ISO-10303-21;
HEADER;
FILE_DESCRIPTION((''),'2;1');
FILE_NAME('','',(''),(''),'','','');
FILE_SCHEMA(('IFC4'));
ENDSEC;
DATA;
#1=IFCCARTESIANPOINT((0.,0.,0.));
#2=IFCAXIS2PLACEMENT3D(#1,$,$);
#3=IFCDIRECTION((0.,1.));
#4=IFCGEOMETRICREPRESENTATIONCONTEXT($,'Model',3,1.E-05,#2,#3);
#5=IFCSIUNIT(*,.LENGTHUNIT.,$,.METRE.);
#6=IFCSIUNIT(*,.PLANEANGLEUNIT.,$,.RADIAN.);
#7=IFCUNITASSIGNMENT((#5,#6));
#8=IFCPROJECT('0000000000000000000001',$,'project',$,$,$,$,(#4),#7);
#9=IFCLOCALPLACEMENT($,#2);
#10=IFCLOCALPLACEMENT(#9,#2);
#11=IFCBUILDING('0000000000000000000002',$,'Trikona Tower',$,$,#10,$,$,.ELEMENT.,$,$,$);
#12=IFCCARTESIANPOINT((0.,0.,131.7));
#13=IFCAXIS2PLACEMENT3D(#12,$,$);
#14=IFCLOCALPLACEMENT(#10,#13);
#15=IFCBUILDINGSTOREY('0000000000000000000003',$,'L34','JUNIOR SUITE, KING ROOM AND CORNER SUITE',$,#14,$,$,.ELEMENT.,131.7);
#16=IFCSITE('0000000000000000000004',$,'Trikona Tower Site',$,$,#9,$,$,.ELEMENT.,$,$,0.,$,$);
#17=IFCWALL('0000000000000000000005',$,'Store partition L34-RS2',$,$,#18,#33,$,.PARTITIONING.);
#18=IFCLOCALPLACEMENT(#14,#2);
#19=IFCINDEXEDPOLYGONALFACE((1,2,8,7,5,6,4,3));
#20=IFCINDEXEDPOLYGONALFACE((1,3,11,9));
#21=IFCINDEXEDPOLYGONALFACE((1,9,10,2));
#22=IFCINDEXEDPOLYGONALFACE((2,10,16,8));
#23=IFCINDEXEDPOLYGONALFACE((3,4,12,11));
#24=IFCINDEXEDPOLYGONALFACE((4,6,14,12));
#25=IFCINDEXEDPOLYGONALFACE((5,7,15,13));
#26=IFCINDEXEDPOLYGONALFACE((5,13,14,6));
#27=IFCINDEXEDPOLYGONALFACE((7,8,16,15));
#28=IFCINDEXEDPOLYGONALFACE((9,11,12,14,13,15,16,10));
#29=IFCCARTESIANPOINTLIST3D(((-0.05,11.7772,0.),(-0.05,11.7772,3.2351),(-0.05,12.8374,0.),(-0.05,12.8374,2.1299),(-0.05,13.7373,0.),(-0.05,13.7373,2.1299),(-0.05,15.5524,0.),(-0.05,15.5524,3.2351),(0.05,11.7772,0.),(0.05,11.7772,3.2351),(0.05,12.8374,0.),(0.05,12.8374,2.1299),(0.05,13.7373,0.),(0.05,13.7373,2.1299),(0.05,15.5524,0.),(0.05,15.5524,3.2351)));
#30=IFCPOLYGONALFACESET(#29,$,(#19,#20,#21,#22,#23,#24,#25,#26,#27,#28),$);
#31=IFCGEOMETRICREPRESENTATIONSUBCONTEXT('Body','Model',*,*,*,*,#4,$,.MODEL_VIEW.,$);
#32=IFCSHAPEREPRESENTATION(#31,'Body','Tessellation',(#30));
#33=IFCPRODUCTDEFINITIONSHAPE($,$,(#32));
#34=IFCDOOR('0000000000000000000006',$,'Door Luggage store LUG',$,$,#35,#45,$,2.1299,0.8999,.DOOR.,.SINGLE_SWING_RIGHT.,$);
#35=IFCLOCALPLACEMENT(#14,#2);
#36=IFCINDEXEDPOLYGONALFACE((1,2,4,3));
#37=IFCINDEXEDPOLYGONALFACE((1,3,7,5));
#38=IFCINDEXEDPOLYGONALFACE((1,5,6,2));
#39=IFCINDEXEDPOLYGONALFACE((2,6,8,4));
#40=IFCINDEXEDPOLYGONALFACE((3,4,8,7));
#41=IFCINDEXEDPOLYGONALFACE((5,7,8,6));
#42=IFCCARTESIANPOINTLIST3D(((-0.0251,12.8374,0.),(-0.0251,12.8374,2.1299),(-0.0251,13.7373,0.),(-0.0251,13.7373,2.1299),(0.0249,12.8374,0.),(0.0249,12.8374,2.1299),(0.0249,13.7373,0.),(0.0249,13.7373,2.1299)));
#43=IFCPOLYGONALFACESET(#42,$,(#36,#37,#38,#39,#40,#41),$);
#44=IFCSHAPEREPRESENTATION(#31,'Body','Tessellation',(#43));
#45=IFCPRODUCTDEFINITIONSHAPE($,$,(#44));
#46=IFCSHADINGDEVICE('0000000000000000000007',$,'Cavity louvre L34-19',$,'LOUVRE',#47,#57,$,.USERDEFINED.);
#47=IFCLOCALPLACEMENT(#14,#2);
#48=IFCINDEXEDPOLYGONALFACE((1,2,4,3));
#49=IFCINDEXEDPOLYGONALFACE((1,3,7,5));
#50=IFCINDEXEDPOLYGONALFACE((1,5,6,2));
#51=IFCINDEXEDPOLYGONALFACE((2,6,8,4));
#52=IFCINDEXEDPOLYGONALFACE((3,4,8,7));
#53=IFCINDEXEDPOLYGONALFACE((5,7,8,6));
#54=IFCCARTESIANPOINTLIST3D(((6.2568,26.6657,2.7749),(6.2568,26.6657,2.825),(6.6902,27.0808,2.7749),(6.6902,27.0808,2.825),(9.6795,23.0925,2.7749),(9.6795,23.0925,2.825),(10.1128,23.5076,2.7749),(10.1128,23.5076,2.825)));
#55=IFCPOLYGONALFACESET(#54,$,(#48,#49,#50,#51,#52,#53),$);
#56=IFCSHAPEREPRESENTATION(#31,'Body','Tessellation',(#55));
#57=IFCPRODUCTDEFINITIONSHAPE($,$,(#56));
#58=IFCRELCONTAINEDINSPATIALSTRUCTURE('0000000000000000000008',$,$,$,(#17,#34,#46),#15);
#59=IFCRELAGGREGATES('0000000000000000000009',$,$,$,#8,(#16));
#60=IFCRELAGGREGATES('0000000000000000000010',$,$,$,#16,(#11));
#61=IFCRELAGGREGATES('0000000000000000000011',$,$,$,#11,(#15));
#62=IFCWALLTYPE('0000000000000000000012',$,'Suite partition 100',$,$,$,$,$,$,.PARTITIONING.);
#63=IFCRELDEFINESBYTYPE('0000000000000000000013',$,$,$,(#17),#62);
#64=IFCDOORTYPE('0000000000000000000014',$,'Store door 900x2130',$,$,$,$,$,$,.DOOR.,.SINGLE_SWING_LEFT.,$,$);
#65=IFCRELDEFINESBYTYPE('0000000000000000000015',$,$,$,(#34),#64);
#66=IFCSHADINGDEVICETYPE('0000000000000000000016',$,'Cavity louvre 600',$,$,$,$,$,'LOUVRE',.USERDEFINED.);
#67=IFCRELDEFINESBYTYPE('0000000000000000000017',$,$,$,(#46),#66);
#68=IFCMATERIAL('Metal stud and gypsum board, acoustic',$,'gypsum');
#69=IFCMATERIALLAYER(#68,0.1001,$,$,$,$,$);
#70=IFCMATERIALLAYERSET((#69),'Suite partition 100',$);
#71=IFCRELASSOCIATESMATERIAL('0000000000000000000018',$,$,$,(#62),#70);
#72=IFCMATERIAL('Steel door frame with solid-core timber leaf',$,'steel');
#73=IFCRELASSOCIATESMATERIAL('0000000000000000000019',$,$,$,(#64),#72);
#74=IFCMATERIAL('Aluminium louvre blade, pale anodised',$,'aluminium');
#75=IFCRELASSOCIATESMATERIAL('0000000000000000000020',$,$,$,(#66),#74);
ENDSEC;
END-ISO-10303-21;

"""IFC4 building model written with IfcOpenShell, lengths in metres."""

from ifc_helpers import new_model, si_unit, direction, frame, frame_2d, origin, origin_2d, place, context, subcontext, project, spatial, rectangle, extrude, material, layer, layer_set, type_object, element, fill, save


model = new_model("IFC4")

# Units and contexts
model_context = context("Model", 3, precision=1e-05, world=origin(), true_north=direction((0.0, 1.0)))
body_context = subcontext(model_context, "Body", "Model", "MODEL_VIEW")
ifc_project = project(units=[si_unit("LENGTHUNIT", "METRE"), si_unit("PLANEANGLEUNIT", "RADIAN")], contexts=[model_context])

# Site, building, storey
site_placement = place(None, origin())
site = spatial("IfcSite", under=ifc_project, at=site_placement, Name="Trikona Tower Site", CompositionType="ELEMENT", RefElevation=0.0)
building_placement = place(site_placement, origin())
building = spatial("IfcBuilding", under=site, at=building_placement, Name="Trikona Tower", CompositionType="ELEMENT")
storey_placement = place(building_placement, frame((0.0, 0.0, 131.7)))
storey = spatial("IfcBuildingStorey", under=building, at=storey_placement, Name="L34", Description="JUNIOR SUITE, KING ROOM AND CORNER SUITE", CompositionType="ELEMENT", Elevation=131.7)

# Wall, opening, door
ifc_material_1 = material(Name="Metal stud and gypsum board, acoustic", Category="gypsum")
ifc_layer_1 = layer(ifc_material_1, 0.1001)
ifc_layer_set_1 = layer_set([ifc_layer_1], Name="Suite partition 100")
wall_type_1 = type_object("IfcWallType", Name="Suite partition 100", PredefinedType="PARTITIONING", material=ifc_layer_set_1)
wall_1_placement = place(storey_placement, frame((0.0, 15.5525, 0.0), z_axis=(0.0, 0.0, 1.0), x_axis=(0.0, -1.0, 0.0)))
wall_1 = element("IfcWall", 1, at=wall_1_placement, inside=storey, type_object=wall_type_1, Name="Store partition L34-RS2", PredefinedType="PARTITIONING", context=body_context, shape_type="SweptSolid", body=[
    extrude(rectangle(XDim=3.7751, YDim=0.1001, at=frame_2d((1.8877, 0.0))), origin(), (0.0, 0.0, 1.0), 3.2351),
])
opening_1_placement = place(wall_1_placement, frame((1.8152, 0.0, 0.0)))
opening_1 = element("IfcOpeningElement", 2, at=opening_1_placement, cuts=wall_1, PredefinedType="OPENING", context=body_context, shape_type="SweptSolid", body=[
    extrude(rectangle(XDim=0.8999, YDim=2.1299, at=frame_2d((0.45, 1.0649))), frame((0.0, 0.0601, 0.0), z_axis=(0.0, -1.0, 0.0), x_axis=(1.0, 0.0, 0.0)), (0.0, 0.0, 1.0), 0.1201),
])
ifc_material_2 = material(Name="Steel door frame with solid-core timber leaf", Category="steel")
door_type_1 = type_object("IfcDoorType", Name="Store door 900x2130", OperationType="SINGLE_SWING_LEFT", PredefinedType="DOOR", material=ifc_material_2)
door_1_placement = place(opening_1_placement, origin())
door_1 = element("IfcDoor", 3, at=door_1_placement, inside=storey, type_object=door_type_1, Name="Door Luggage store LUG", OperationType="SINGLE_SWING_RIGHT", OverallHeight=2.1299, OverallWidth=0.8999, PredefinedType="DOOR", context=body_context, shape_type="SweptSolid", body=[
    extrude(rectangle(XDim=0.8999, YDim=2.1299, at=frame_2d((0.45, 1.0649))), frame((0.0, 0.0249, 0.0), z_axis=(0.0, -1.0, 0.0), x_axis=(1.0, 0.0, 0.0)), (0.0, 0.0, 1.0), 0.05),
])
fill(opening_1, door_1)

# Shading device
ifc_material_3 = material(Name="Aluminium louvre blade, pale anodised", Category="aluminium")
shading_device_type = type_object("IfcShadingDeviceType", Name="Cavity louvre 600", ElementType="LOUVRE", PredefinedType="USERDEFINED", material=ifc_material_3)
shading_device_placement = place(storey_placement, frame((8.1848, 25.0867, 2.7749), z_axis=(0.0, 0.0, 1.0), x_axis=(-0.691724, 0.722162, 0.0)))
element("IfcShadingDevice", 4, at=shading_device_placement, inside=storey, type_object=shading_device_type, Name="Cavity louvre L34-19", ObjectType="LOUVRE", PredefinedType="USERDEFINED", context=body_context, shape_type="SweptSolid", body=[
    extrude(rectangle(XDim=4.948, YDim=0.6001, at=origin_2d()), origin(), (0.0, 0.0, 1.0), 0.05),
])

save(model, "model.ifc")
